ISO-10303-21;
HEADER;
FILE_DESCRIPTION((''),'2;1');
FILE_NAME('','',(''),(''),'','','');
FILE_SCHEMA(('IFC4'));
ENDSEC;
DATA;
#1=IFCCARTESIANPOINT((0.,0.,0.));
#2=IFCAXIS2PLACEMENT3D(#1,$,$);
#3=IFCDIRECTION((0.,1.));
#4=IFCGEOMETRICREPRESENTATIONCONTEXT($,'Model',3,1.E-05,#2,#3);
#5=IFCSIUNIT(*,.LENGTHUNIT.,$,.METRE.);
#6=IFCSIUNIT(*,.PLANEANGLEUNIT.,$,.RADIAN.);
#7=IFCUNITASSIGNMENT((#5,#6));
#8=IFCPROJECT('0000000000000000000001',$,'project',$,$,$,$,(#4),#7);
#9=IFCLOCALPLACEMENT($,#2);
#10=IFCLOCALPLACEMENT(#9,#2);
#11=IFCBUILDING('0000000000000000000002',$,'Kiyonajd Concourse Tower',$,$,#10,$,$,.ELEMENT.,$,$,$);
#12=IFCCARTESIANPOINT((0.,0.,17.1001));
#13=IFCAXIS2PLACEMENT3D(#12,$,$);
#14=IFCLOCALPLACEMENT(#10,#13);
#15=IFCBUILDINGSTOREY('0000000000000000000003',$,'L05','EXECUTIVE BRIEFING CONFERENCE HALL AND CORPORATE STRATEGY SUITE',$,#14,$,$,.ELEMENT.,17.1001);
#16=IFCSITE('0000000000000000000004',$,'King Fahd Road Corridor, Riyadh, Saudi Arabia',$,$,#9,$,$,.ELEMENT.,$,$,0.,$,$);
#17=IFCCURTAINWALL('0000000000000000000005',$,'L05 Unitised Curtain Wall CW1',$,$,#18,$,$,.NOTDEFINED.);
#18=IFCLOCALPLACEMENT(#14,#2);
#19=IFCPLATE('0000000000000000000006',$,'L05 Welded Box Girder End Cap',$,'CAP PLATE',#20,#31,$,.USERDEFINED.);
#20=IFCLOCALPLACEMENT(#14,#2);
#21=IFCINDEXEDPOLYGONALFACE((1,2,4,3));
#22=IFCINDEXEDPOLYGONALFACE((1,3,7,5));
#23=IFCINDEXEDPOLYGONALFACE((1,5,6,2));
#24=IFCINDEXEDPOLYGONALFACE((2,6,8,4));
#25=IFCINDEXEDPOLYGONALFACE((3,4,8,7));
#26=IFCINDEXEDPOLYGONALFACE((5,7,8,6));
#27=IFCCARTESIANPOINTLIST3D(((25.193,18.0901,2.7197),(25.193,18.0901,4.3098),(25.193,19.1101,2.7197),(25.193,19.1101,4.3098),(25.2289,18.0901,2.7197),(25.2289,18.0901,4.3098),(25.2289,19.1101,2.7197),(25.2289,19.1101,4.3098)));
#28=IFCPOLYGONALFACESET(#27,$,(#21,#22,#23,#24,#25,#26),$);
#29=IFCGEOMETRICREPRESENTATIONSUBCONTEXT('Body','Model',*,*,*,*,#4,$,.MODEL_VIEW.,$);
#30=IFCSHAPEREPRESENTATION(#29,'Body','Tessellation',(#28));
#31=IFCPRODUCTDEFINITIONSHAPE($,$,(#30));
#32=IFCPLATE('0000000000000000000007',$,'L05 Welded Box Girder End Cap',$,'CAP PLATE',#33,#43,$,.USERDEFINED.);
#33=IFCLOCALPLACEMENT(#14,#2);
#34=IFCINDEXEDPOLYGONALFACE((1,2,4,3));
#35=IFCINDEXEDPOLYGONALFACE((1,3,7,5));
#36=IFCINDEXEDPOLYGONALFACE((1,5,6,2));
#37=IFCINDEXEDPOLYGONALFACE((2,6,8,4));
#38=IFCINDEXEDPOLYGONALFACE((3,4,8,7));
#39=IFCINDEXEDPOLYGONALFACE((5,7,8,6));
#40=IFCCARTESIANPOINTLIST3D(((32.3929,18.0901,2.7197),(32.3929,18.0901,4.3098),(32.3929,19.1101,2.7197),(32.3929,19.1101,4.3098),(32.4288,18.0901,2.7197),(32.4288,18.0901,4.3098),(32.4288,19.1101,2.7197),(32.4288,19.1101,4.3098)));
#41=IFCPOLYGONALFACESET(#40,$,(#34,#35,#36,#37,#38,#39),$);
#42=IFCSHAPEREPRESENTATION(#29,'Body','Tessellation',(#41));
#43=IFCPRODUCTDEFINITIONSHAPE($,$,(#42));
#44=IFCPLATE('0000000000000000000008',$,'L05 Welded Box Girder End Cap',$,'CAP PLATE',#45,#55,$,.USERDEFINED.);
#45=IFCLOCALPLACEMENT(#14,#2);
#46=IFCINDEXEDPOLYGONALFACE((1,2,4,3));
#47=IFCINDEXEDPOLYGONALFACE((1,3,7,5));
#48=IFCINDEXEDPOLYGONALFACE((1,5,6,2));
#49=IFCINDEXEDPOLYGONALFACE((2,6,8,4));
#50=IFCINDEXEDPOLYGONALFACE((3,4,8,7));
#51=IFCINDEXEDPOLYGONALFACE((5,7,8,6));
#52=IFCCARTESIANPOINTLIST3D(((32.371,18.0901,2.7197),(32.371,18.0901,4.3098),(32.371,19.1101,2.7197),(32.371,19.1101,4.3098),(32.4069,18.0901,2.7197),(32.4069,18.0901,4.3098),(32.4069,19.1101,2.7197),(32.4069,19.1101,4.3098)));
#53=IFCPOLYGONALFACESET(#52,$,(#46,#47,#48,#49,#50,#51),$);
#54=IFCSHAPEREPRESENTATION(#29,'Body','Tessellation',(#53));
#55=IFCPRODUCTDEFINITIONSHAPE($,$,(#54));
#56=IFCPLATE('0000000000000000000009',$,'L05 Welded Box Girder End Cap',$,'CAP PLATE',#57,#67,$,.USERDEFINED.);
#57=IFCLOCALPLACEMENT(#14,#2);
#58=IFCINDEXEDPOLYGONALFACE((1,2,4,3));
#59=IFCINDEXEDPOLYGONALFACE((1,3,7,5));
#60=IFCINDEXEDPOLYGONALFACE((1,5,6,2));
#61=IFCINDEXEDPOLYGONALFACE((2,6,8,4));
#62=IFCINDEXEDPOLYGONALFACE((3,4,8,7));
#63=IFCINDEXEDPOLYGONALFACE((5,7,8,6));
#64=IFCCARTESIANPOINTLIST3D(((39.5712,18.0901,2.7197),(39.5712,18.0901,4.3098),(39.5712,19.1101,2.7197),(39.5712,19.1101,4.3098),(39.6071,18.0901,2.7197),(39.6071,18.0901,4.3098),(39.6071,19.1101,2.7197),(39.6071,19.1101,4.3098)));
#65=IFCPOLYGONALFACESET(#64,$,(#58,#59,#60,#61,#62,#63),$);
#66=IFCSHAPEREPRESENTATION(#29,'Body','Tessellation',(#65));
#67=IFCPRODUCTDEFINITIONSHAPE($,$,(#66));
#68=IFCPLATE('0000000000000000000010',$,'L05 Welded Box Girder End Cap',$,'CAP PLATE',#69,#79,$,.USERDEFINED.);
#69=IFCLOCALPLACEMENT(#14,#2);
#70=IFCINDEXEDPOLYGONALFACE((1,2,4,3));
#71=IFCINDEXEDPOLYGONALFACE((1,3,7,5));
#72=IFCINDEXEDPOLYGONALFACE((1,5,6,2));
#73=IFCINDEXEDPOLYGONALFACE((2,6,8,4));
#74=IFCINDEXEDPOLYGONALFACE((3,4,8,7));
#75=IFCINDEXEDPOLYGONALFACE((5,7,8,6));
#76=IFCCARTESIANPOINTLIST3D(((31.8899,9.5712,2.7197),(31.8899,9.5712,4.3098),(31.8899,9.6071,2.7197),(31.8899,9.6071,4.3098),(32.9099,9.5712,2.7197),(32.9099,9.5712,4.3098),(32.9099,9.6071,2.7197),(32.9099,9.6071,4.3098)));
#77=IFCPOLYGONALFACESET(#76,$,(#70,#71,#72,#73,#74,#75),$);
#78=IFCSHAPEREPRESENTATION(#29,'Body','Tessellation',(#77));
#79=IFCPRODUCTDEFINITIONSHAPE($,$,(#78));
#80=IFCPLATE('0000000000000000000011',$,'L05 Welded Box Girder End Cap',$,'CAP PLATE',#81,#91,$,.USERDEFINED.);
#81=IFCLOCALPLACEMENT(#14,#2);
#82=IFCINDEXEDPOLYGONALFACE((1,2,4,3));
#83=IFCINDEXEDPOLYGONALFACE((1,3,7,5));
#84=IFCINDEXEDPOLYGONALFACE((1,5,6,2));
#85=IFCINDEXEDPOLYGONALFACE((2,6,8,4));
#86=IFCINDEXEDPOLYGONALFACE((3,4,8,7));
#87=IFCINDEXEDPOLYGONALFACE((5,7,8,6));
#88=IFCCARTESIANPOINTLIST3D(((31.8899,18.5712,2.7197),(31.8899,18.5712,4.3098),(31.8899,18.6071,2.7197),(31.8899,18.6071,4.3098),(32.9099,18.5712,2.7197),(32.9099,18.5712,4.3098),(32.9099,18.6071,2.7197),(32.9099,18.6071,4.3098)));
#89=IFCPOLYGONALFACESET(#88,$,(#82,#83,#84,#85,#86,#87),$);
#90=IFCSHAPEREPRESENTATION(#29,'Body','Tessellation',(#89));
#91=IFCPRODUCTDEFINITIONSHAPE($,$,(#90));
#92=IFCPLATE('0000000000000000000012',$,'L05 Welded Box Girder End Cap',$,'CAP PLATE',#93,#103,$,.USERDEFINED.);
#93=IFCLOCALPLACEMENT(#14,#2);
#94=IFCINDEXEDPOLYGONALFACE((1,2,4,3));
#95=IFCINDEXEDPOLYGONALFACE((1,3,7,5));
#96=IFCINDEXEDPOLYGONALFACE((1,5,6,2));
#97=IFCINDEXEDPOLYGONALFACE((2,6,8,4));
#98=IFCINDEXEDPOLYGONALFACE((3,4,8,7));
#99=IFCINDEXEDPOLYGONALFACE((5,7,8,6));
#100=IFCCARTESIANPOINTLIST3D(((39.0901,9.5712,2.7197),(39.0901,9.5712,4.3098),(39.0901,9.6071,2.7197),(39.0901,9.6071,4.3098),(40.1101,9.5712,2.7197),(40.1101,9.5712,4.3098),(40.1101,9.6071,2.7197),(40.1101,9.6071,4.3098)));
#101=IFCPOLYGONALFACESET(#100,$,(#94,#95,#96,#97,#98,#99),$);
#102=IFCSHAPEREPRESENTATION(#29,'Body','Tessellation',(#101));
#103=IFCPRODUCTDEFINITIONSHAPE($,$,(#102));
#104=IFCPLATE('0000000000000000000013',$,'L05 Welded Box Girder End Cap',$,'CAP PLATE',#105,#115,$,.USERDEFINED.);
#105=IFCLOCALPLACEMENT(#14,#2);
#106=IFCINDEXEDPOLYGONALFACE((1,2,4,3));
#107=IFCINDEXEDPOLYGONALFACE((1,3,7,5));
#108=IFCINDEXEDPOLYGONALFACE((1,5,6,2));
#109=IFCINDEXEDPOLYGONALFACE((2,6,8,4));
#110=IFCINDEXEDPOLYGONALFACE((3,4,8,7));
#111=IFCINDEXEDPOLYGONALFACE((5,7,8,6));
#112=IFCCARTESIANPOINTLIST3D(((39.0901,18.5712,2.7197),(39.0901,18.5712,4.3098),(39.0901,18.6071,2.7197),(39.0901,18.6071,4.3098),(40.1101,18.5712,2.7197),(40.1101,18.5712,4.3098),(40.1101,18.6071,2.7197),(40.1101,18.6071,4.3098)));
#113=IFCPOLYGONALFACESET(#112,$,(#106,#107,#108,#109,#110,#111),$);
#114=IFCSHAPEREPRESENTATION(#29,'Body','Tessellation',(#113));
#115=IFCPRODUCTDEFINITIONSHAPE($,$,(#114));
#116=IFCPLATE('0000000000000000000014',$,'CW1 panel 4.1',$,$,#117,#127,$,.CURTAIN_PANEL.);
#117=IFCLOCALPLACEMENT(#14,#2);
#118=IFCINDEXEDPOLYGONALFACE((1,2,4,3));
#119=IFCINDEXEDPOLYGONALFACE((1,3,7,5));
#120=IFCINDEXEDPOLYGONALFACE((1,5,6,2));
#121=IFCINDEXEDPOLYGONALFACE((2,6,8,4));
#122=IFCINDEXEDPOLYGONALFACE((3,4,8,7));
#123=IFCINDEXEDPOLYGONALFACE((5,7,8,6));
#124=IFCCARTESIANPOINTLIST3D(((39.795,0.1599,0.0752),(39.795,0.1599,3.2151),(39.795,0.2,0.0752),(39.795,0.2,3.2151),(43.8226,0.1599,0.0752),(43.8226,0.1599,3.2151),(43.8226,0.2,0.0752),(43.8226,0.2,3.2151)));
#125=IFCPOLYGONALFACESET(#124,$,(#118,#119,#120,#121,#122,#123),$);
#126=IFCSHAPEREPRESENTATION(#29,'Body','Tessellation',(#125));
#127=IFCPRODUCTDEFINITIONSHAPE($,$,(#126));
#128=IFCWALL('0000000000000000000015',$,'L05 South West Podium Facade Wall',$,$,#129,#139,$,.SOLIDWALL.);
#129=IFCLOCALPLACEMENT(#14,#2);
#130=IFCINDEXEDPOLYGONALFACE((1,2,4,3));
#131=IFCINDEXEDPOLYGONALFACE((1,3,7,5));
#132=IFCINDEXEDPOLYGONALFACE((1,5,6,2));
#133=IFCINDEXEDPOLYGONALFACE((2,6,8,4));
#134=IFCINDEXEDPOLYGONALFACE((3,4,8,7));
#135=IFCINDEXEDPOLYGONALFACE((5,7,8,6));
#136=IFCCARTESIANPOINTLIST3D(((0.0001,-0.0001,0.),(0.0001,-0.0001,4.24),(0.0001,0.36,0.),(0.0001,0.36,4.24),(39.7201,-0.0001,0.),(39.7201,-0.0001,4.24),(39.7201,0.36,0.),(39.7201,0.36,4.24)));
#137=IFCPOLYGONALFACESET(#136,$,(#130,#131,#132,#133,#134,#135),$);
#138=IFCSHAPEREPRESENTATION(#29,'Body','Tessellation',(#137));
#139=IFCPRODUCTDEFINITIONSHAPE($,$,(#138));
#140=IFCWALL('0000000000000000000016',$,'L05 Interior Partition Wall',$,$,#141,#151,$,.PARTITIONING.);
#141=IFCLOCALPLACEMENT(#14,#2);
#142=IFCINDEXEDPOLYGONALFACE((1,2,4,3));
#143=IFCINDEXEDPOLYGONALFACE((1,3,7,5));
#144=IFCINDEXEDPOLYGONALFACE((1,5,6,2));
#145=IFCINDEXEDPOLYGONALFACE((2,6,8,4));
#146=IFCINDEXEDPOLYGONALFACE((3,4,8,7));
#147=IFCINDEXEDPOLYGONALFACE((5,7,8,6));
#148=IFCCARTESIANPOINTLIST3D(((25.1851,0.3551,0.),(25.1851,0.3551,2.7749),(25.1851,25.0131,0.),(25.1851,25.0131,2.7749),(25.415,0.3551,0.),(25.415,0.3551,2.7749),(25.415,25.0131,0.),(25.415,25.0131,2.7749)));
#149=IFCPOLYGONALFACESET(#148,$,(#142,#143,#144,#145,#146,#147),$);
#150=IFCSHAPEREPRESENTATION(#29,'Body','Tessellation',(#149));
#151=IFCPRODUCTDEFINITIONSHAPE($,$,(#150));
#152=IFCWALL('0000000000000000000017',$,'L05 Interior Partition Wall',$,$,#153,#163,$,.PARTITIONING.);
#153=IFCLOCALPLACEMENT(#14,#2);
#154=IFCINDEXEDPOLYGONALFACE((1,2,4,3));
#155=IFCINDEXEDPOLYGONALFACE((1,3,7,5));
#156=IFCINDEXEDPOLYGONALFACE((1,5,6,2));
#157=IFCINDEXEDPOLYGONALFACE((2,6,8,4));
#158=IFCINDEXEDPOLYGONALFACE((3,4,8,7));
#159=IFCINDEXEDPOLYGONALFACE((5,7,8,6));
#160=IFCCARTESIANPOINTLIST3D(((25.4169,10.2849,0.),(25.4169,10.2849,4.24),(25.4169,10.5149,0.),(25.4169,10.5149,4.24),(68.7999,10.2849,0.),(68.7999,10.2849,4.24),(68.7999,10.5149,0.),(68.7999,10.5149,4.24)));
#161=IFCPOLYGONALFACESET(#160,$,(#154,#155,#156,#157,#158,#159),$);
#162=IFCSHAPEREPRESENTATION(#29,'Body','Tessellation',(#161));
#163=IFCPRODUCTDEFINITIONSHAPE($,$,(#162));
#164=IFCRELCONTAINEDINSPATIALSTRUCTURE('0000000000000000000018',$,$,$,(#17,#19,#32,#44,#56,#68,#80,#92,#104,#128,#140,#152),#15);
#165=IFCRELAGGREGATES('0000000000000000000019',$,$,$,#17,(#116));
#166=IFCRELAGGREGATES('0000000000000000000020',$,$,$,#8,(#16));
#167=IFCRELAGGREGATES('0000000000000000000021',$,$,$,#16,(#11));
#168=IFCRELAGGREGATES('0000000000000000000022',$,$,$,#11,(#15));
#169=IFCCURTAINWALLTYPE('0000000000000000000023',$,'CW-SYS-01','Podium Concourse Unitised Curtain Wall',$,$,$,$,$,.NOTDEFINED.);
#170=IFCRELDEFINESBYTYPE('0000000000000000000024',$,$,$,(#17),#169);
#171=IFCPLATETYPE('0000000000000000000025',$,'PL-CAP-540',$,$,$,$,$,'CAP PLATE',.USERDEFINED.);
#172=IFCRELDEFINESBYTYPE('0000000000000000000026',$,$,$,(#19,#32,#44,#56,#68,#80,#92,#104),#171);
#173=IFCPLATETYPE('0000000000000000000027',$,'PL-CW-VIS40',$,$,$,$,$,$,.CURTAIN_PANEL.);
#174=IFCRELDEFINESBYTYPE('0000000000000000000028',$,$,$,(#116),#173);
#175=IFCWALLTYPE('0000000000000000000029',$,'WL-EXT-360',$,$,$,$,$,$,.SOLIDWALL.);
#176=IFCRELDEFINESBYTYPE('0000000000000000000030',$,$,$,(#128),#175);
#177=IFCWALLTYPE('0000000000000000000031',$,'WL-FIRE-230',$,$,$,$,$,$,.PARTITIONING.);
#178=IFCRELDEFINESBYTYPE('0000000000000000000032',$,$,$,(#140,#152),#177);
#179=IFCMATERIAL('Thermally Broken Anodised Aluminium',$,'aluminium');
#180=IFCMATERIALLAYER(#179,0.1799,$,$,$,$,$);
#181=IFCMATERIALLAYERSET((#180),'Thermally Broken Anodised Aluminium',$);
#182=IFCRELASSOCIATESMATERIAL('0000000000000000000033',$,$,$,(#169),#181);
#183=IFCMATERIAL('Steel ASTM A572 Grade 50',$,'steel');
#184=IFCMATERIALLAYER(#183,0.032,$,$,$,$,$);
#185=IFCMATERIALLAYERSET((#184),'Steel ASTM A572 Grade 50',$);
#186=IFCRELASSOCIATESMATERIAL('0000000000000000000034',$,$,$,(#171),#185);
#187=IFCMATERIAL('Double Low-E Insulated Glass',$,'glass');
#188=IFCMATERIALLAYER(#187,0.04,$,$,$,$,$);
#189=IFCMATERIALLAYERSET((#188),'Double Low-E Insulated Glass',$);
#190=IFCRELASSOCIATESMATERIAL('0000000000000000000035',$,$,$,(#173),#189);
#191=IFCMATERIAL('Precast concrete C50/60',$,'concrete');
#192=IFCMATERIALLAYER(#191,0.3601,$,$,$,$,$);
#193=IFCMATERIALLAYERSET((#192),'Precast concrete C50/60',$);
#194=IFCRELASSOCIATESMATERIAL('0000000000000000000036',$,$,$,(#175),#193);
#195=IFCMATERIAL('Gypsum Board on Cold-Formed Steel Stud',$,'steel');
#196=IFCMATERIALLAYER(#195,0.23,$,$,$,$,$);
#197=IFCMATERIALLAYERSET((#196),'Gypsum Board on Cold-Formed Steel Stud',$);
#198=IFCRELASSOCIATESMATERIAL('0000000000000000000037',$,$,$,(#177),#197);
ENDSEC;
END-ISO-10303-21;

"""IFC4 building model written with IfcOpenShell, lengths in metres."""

from ifc_helpers import new_model, si_unit, direction, frame, frame_2d, origin, origin_2d, place, context, subcontext, project, spatial, rectangle, extrude, material, layer, layer_set, type_object, element, aggregate, save


model = new_model("IFC4")

# Units and contexts
model_context = context("Model", 3, precision=1e-05, world=origin(), true_north=direction((0.0, 1.0)))
body_context = subcontext(model_context, "Body", "Model", "MODEL_VIEW")
ifc_project = project(units=[si_unit("LENGTHUNIT", "METRE"), si_unit("PLANEANGLEUNIT", "RADIAN")], contexts=[model_context])

# Site, building, storey
site_placement = place(None, origin())
site = spatial("IfcSite", under=ifc_project, at=site_placement, Name="King Fahd Road Corridor, Riyadh, Saudi Arabia", CompositionType="ELEMENT", RefElevation=0.0)
building_placement = place(site_placement, origin())
building = spatial("IfcBuilding", under=site, at=building_placement, Name="Kiyonajd Concourse Tower", CompositionType="ELEMENT")
storey_placement = place(building_placement, frame((0.0, 0.0, 17.1001)))
storey = spatial("IfcBuildingStorey", under=building, at=storey_placement, Name="L05", Description="EXECUTIVE BRIEFING CONFERENCE HALL AND CORPORATE STRATEGY SUITE", CompositionType="ELEMENT", Elevation=17.1001)

# Shared definitions
ifc_material_1 = material(Name="Steel ASTM A572 Grade 50", Category="steel")

# Curtain wall
ifc_material_2 = material(Name="Thermally Broken Anodised Aluminium", Category="aluminium")
ifc_layer_1 = layer(ifc_material_2, 0.1799)
ifc_layer_set_1 = layer_set([ifc_layer_1], Name="Thermally Broken Anodised Aluminium")
curtain_wall_type = type_object("IfcCurtainWallType", Name="CW-SYS-01", Description="Podium Concourse Unitised Curtain Wall", PredefinedType="NOTDEFINED", material=ifc_layer_set_1)
curtain_wall_placement = place(storey_placement, origin())
curtain_wall = element("IfcCurtainWall", 1, at=curtain_wall_placement, inside=storey, type_object=curtain_wall_type, Name="L05 Unitised Curtain Wall CW1", PredefinedType="NOTDEFINED")

# Plates
ifc_layer_2 = layer(ifc_material_1, 0.032)
ifc_layer_set_2 = layer_set([ifc_layer_2], Name="Steel ASTM A572 Grade 50")
plate_type_1 = type_object("IfcPlateType", Name="PL-CAP-540", ElementType="CAP PLATE", PredefinedType="USERDEFINED", material=ifc_layer_set_2)
for number, where, z_axis, x_axis, name in (
    (2, (25.2109, 18.6001, 2.7197), (0.0, 0.0, 1.0), (1.0, 0.0, 0.0), "L05 Welded Box Girder End Cap"),
    (3, (32.4109, 18.6001, 2.7197), (0.0, 0.0, 1.0), (1.0, 0.0, 0.0), "L05 Welded Box Girder End Cap"),
    (4, (32.3889, 18.6001, 2.7197), (0.0, 0.0, 1.0), (-1.0, 0.0, 0.0), "L05 Welded Box Girder End Cap"),
    (5, (39.5891, 18.6001, 2.7197), (0.0, 0.0, 1.0), (-1.0, 0.0, 0.0), "L05 Welded Box Girder End Cap"),
    (6, (32.3999, 9.5891, 2.7197), (0.0, 0.0, 1.0), (0.0, -1.0, 0.0), "L05 Welded Box Girder End Cap"),
    (7, (32.3999, 18.5891, 2.7197), (0.0, 0.0, 1.0), (0.0, -1.0, 0.0), "L05 Welded Box Girder End Cap"),
    (8, (39.6001, 9.5891, 2.7197), (0.0, 0.0, 1.0), (0.0, -1.0, 0.0), "L05 Welded Box Girder End Cap"),
    (9, (39.6001, 18.5891, 2.7197), (0.0, 0.0, 1.0), (0.0, -1.0, 0.0), "L05 Welded Box Girder End Cap"),
):
    element("IfcPlate", number, at=place(storey_placement, frame(where, z_axis=z_axis, x_axis=x_axis)), inside=storey, type_object=plate_type_1, Name=name, ObjectType="CAP PLATE", PredefinedType="USERDEFINED", context=body_context, shape_type="SweptSolid", body=[
        extrude(rectangle(XDim=0.0359, YDim=1.02, at=origin_2d()), origin(), (0.0, 0.0, 1.0), 1.5901),
    ])

# Plate
ifc_material_3 = material(Name="Double Low-E Insulated Glass", Category="glass")
ifc_layer_3 = layer(ifc_material_3, 0.04)
ifc_layer_set_3 = layer_set([ifc_layer_3], Name="Double Low-E Insulated Glass")
plate_type_2 = type_object("IfcPlateType", Name="PL-CW-VIS40", PredefinedType="CURTAIN_PANEL", material=ifc_layer_set_3)
plate_placement = place(storey_placement, frame((41.8088, 0.1799, 0.0752), z_axis=(0.0, 0.0, 1.0), x_axis=(-1.0, 0.0, 0.0)))
plate = element("IfcPlate", 10, at=plate_placement, type_object=plate_type_2, Name="CW1 panel 4.1", PredefinedType="CURTAIN_PANEL", context=body_context, shape_type="SweptSolid", body=[
    extrude(rectangle(XDim=4.0276, YDim=0.04, at=origin_2d()), origin(), (0.0, 0.0, 1.0), 3.1399),
])
aggregate(curtain_wall, [plate])

# Walls
ifc_material_4 = material(Name="Precast concrete C50/60", Category="concrete")
ifc_layer_4 = layer(ifc_material_4, 0.3601)
ifc_layer_set_4 = layer_set([ifc_layer_4], Name="Precast concrete C50/60")
wall_type_1 = type_object("IfcWallType", Name="WL-EXT-360", PredefinedType="SOLIDWALL", material=ifc_layer_set_4)
wall_1_placement = place(storey_placement, frame((39.72, 0.1799, 0.0), z_axis=(0.0, 0.0, 1.0), x_axis=(-1.0, 0.0, 0.0)))
element("IfcWall", 11, at=wall_1_placement, inside=storey, type_object=wall_type_1, Name="L05 South West Podium Facade Wall", PredefinedType="SOLIDWALL", context=body_context, shape_type="SweptSolid", body=[
    extrude(rectangle(XDim=39.72, YDim=0.3601, at=frame_2d((19.8599, 0.0))), origin(), (0.0, 0.0, 1.0), 4.24),
])
ifc_material_5 = material(Name="Gypsum Board on Cold-Formed Steel Stud", Category="steel")
ifc_layer_5 = layer(ifc_material_5, 0.23)
ifc_layer_set_5 = layer_set([ifc_layer_5], Name="Gypsum Board on Cold-Formed Steel Stud")
wall_type_2 = type_object("IfcWallType", Name="WL-FIRE-230", PredefinedType="PARTITIONING", material=ifc_layer_set_5)
wall_2_placement = place(storey_placement, frame((25.3, 0.355, 0.0), z_axis=(0.0, 0.0, 1.0), x_axis=(0.0, 1.0, 0.0)))
element("IfcWall", 12, at=wall_2_placement, inside=storey, type_object=wall_type_2, Name="L05 Interior Partition Wall", PredefinedType="PARTITIONING", context=body_context, shape_type="SweptSolid", body=[
    extrude(rectangle(XDim=24.658, YDim=0.23, at=frame_2d((12.3291, 0.0))), origin(), (0.0, 0.0, 1.0), 2.7749),
])
wall_3_placement = place(storey_placement, frame((25.417, 10.3999, 0.0), z_axis=(0.0, 0.0, 1.0), x_axis=(1.0, 0.0, 0.0)))
element("IfcWall", 13, at=wall_3_placement, inside=storey, type_object=wall_type_2, Name="L05 Interior Partition Wall", PredefinedType="PARTITIONING", context=body_context, shape_type="SweptSolid", body=[
    extrude(rectangle(XDim=43.3831, YDim=0.23, at=frame_2d((21.6914, 0.0))), origin(), (0.0, 0.0, 1.0), 4.24),
])

save(model, "model.ifc")
